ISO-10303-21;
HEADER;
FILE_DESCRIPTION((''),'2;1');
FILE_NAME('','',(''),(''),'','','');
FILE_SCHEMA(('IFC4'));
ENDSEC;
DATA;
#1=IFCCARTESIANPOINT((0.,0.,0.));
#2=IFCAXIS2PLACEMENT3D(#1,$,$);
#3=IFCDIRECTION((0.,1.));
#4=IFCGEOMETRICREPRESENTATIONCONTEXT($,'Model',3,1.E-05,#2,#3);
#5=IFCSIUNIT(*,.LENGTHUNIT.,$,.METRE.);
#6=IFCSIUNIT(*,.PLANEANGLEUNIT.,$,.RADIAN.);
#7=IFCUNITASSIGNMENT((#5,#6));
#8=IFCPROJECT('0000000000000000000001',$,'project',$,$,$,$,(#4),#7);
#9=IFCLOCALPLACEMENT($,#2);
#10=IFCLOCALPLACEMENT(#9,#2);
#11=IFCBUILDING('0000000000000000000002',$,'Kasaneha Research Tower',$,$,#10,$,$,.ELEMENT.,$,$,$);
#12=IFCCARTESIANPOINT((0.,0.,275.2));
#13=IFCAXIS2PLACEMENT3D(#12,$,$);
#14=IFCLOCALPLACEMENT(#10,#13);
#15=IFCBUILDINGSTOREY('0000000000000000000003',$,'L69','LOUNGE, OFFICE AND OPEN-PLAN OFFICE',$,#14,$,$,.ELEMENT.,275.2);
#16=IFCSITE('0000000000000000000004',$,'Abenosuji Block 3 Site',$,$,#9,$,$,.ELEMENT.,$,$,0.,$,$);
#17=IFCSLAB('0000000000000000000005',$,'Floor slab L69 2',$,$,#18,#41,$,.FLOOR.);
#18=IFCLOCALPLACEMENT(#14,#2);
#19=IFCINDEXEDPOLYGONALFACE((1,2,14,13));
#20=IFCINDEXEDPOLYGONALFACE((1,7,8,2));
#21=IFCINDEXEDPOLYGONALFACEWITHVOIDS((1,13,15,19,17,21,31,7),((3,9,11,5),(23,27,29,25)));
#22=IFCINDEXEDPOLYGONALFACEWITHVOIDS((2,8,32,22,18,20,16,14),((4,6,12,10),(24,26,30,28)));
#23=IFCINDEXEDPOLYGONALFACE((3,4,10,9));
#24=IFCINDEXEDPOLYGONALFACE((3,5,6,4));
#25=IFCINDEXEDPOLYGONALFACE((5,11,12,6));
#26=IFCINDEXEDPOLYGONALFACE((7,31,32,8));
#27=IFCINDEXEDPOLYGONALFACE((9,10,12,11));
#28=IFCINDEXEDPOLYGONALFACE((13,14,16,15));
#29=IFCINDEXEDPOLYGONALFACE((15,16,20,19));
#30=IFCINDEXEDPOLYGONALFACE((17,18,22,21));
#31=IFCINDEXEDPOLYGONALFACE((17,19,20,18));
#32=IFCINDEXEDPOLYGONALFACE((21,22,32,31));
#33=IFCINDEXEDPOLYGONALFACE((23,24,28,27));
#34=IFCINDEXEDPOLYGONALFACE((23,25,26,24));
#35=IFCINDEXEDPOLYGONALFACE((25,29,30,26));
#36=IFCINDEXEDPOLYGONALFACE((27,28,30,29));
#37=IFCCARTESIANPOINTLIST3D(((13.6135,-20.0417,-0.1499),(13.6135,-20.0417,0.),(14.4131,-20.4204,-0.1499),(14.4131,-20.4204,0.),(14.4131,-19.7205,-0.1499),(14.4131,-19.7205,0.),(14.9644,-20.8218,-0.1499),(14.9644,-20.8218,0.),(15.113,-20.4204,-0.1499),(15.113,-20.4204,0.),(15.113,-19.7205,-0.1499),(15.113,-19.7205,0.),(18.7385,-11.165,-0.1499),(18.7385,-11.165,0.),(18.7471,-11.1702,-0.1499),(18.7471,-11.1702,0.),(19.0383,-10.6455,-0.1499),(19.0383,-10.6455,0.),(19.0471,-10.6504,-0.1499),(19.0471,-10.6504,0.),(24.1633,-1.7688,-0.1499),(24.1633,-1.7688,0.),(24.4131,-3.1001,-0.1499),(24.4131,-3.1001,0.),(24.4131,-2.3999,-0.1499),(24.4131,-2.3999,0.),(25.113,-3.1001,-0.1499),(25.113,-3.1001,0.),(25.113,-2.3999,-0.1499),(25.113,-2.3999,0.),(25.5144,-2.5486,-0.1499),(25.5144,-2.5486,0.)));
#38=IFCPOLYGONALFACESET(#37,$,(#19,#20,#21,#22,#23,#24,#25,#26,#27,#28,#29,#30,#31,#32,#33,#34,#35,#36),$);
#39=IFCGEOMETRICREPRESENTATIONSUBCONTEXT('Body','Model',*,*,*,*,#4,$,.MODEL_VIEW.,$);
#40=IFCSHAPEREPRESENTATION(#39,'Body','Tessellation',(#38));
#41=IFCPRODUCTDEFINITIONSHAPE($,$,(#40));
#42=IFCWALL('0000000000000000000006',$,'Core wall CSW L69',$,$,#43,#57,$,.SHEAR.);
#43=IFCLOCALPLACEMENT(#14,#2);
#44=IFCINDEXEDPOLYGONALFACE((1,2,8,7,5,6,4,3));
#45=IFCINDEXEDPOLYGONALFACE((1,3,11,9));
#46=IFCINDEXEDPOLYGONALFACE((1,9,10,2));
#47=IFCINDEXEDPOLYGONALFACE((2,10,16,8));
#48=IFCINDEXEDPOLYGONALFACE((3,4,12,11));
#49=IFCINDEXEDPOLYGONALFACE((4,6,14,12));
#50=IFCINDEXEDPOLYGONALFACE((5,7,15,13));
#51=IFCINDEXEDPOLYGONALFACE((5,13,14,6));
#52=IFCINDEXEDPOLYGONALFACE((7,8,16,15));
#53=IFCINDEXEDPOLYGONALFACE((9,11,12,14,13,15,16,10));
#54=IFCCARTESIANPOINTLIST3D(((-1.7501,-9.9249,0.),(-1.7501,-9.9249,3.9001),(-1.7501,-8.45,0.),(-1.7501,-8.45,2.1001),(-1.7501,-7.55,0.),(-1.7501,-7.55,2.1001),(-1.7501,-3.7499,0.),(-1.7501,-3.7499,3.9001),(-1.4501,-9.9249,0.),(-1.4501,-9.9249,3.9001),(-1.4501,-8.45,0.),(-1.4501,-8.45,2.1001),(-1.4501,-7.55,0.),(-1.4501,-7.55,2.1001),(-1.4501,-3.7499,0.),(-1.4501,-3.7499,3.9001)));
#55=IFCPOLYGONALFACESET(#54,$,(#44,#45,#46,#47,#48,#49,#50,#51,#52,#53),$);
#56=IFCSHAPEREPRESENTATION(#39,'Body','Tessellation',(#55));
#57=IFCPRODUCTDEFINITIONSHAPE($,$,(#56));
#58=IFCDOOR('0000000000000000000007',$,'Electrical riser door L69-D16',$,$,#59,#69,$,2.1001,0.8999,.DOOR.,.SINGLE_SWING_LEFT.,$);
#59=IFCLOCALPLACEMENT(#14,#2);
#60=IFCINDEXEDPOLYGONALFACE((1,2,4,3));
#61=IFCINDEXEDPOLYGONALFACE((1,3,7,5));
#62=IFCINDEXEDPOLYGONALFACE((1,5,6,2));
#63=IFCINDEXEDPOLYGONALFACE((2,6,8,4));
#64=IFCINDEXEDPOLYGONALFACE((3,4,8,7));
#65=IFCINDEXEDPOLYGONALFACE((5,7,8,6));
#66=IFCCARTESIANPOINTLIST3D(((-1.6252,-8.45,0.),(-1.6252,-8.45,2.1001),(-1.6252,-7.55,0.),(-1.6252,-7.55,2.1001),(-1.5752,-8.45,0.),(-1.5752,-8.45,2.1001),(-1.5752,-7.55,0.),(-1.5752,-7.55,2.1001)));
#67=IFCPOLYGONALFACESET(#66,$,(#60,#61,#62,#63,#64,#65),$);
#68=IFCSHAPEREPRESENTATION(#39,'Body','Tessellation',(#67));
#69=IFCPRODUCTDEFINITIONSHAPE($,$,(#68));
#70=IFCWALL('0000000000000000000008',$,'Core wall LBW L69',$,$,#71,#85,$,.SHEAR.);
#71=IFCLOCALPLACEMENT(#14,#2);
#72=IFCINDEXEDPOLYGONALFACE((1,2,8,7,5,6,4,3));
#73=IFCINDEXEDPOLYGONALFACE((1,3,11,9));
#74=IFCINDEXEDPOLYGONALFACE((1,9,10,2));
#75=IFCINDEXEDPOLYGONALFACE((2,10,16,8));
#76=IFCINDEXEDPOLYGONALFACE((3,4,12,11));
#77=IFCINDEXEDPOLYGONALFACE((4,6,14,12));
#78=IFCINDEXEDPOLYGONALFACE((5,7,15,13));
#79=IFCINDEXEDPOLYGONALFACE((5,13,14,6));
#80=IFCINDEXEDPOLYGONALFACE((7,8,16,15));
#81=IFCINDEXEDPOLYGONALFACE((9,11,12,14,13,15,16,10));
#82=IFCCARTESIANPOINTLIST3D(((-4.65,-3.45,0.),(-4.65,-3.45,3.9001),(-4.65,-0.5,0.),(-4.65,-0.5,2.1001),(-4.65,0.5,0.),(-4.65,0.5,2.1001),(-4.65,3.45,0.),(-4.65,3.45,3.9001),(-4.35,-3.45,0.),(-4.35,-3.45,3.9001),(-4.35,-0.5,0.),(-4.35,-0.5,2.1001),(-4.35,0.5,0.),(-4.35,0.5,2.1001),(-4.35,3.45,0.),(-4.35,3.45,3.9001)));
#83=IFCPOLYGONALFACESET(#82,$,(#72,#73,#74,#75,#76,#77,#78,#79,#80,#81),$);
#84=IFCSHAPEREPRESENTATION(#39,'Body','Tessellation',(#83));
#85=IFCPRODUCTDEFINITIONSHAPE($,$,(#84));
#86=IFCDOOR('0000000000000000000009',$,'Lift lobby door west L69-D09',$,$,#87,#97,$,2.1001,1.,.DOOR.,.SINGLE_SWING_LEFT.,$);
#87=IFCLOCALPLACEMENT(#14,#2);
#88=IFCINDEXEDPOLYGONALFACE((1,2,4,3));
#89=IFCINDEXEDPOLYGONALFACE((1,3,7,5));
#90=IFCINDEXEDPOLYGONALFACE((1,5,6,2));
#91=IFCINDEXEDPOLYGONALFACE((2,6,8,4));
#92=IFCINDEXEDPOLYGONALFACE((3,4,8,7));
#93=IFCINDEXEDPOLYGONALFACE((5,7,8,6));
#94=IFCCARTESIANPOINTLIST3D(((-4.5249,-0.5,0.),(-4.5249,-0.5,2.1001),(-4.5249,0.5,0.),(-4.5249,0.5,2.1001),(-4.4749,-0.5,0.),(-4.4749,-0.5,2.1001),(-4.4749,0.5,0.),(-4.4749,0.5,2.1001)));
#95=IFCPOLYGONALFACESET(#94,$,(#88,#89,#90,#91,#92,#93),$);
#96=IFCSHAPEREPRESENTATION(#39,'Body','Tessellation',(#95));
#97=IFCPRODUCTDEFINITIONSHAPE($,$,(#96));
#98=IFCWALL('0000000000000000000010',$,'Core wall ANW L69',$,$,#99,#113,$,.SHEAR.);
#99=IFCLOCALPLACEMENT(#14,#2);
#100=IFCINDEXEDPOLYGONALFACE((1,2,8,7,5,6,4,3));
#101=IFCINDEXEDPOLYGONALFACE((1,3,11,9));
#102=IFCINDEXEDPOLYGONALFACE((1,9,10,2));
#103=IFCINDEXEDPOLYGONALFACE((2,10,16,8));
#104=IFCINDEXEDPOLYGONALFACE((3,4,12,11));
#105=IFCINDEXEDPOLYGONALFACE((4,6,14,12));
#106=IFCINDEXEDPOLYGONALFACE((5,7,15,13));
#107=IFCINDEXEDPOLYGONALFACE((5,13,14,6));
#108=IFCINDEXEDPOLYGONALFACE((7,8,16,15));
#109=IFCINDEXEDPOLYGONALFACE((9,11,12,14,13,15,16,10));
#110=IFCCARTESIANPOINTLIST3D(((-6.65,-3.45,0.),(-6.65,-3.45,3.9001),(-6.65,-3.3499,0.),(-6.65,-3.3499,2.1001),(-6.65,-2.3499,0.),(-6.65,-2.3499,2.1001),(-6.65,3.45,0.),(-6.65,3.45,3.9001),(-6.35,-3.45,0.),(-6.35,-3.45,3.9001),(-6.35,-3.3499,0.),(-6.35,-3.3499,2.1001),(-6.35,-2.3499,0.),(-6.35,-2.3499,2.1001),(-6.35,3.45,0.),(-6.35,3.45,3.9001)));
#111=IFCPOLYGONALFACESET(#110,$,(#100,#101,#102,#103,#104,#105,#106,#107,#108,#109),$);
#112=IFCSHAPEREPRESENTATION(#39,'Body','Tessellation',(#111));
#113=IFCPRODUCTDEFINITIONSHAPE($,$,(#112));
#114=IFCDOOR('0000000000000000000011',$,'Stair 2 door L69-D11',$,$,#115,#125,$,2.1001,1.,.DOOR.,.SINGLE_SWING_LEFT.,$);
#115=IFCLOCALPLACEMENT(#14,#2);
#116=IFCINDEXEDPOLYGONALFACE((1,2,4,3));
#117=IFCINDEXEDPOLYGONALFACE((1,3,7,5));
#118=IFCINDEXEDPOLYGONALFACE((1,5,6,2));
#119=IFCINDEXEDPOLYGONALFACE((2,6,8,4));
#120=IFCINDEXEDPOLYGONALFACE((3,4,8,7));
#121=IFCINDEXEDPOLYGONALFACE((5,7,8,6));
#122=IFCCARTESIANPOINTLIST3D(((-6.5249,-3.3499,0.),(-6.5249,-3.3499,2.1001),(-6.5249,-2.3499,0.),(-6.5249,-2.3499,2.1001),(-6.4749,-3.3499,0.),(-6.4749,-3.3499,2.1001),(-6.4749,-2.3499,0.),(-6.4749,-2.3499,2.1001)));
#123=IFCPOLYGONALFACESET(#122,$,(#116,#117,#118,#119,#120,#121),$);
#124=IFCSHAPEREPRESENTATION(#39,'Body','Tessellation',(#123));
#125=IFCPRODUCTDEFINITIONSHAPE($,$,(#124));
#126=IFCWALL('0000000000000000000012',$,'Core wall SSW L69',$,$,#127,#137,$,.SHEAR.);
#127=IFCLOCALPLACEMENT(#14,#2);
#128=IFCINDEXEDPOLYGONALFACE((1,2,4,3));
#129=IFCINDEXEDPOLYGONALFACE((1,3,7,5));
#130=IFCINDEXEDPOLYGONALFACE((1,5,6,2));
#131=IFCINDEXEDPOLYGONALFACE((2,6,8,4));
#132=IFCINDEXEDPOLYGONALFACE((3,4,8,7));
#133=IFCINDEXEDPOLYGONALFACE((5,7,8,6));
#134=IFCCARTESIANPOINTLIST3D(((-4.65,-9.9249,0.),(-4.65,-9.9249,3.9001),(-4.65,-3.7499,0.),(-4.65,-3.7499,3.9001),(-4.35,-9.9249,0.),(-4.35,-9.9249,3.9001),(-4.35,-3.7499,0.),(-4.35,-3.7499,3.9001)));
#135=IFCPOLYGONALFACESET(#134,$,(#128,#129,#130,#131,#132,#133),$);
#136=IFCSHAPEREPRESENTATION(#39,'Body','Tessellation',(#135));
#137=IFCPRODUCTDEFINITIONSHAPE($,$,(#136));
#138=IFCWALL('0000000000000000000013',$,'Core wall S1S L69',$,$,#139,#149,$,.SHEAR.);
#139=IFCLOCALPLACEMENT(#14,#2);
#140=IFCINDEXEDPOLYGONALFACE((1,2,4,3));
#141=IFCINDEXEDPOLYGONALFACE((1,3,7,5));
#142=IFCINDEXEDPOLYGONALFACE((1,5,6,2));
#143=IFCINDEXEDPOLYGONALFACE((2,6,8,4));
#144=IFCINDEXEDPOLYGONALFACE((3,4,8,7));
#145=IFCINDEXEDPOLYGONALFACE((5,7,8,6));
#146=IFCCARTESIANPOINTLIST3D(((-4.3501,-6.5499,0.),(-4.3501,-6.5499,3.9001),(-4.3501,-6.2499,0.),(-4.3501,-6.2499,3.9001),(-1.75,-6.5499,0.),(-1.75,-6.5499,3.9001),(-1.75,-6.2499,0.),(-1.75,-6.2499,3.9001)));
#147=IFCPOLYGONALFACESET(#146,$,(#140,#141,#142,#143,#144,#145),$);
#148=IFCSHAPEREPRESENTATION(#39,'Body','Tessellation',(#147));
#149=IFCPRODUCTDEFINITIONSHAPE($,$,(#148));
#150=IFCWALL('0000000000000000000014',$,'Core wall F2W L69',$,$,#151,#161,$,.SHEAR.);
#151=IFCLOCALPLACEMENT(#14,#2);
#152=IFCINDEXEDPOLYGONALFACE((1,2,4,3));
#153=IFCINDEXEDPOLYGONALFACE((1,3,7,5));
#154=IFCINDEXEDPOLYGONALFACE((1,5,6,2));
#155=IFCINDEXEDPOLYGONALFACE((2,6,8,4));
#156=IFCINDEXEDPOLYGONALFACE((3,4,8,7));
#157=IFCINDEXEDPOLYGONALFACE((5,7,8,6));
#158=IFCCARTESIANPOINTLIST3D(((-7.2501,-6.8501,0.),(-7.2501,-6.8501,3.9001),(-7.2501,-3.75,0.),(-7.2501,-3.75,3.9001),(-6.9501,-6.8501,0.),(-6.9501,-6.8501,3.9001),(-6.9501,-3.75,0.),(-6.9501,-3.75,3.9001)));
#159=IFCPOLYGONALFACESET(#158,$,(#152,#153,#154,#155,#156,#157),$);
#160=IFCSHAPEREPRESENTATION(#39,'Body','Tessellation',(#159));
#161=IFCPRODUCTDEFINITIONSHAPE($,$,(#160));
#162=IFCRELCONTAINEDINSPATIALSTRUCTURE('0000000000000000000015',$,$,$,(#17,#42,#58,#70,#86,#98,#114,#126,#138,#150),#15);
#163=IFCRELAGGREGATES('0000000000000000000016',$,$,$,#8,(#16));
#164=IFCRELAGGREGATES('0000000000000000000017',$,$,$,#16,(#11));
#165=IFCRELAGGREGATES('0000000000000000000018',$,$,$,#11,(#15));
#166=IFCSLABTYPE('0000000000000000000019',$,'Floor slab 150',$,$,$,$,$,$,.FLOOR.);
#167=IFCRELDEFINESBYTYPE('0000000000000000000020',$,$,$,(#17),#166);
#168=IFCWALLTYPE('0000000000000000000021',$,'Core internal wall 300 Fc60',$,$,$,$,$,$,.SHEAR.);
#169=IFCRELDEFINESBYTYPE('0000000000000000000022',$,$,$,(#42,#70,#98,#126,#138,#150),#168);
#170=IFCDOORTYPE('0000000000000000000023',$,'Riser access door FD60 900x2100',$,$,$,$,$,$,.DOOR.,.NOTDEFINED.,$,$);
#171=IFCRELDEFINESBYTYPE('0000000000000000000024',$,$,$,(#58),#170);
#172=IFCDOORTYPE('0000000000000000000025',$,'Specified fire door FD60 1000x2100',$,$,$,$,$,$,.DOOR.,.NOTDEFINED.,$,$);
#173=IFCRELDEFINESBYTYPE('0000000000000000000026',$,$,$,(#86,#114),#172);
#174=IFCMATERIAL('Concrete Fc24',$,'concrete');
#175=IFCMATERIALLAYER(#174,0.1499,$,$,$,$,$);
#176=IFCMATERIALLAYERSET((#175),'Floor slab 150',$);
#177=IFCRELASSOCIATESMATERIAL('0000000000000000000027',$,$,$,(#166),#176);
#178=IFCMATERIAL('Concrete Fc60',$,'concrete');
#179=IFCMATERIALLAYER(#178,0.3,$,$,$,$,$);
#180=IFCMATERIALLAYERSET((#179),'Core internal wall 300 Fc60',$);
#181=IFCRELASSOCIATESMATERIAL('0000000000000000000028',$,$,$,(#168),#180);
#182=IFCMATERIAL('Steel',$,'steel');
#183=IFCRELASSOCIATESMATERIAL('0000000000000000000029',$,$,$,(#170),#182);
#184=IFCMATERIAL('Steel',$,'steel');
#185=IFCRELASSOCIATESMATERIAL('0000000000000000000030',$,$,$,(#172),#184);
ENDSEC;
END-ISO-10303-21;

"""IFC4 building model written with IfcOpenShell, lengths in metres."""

from ifc_helpers import new_model, si_unit, direction, frame, frame_2d, origin, place, context, subcontext, project, spatial, polyline, rectangle, outline, extrude, material, layer, layer_set, type_object, element, fill, save


model = new_model("IFC4")

# Units and contexts
model_context = context("Model", 3, precision=1e-05, world=origin(), true_north=direction((0.0, 1.0)))
body_context = subcontext(model_context, "Body", "Model", "MODEL_VIEW")
ifc_project = project(units=[si_unit("LENGTHUNIT", "METRE"), si_unit("PLANEANGLEUNIT", "RADIAN")], contexts=[model_context])

# Site, building, storey
site_placement = place(None, origin())
site = spatial("IfcSite", under=ifc_project, at=site_placement, Name="Abenosuji Block 3 Site", CompositionType="ELEMENT", RefElevation=0.0)
building_placement = place(site_placement, origin())
building = spatial("IfcBuilding", under=site, at=building_placement, Name="Kasaneha Research Tower", CompositionType="ELEMENT")
storey_placement = place(building_placement, frame((0.0, 0.0, 275.2)))
storey = spatial("IfcBuildingStorey", under=building, at=storey_placement, Name="L69", Description="LOUNGE, OFFICE AND OPEN-PLAN OFFICE", CompositionType="ELEMENT", Elevation=275.2)

# Slab
ifc_material_1 = material(Name="Concrete Fc24", Category="concrete")
ifc_layer_1 = layer(ifc_material_1, 0.1499)
ifc_layer_set_1 = layer_set([ifc_layer_1], Name="Floor slab 150")
slab_type_1 = type_object("IfcSlabType", Name="Floor slab 150", PredefinedType="FLOOR", material=ifc_layer_set_1)
slab_1_placement = place(storey_placement, frame((0.0, 0.0, -0.1499)))
element("IfcSlab", 1, at=slab_1_placement, inside=storey, type_object=slab_type_1, Name="Floor slab L69 2", PredefinedType="FLOOR", context=body_context, shape_type="SweptSolid", body=[
    extrude(outline(polyline([(25.5144, -2.5486), (14.9644, -20.8218), (13.6135, -20.0417), (18.7385, -11.165), (18.7471, -11.1702), (19.0471, -10.6504), (19.0383, -10.6455), (24.1633, -1.7688), (25.5144, -2.5486)]), holes=[polyline([(14.4131, -20.4204), (15.113, -20.4204), (15.113, -19.7205), (14.4131, -19.7205), (14.4131, -20.4204)]), polyline([(24.4131, -3.1001), (25.113, -3.1001), (25.113, -2.3999), (24.4131, -2.3999), (24.4131, -3.1001)])]), origin(), (0.0, 0.0, 1.0), 0.1499),
])

# Walls, openings, doors
ifc_material_2 = material(Name="Concrete Fc60", Category="concrete")
ifc_layer_2 = layer(ifc_material_2, 0.3)
ifc_layer_set_2 = layer_set([ifc_layer_2], Name="Core internal wall 300 Fc60")
wall_type_1 = type_object("IfcWallType", Name="Core internal wall 300 Fc60", PredefinedType="SHEAR", material=ifc_layer_set_2)
wall_1_placement = place(storey_placement, frame((-1.6001, -3.75, 0.0), z_axis=(0.0, 0.0, 1.0), x_axis=(0.0, -1.0, 0.0)))
wall_1 = element("IfcWall", 2, at=wall_1_placement, inside=storey, type_object=wall_type_1, Name="Core wall CSW L69", PredefinedType="SHEAR", context=body_context, shape_type="SweptSolid", body=[
    extrude(rectangle(XDim=6.175, YDim=0.3, at=frame_2d((3.0874, 0.0))), origin(), (0.0, 0.0, 1.0), 3.9001),
])
opening_1_placement = place(wall_1_placement, frame((3.8, 0.0, 0.0)))
opening_1 = element("IfcOpeningElement", 3, at=opening_1_placement, cuts=wall_1, PredefinedType="OPENING", context=body_context, shape_type="SweptSolid", body=[
    extrude(rectangle(XDim=0.8999, YDim=2.1001, at=frame_2d((0.45, 1.05))), frame((0.0, 0.1602, 0.0), z_axis=(0.0, -1.0, 0.0), x_axis=(1.0, 0.0, 0.0)), (0.0, 0.0, 1.0), 0.3201),
])
ifc_material_3 = material(Name="Steel", Category="steel")
door_type_1 = type_object("IfcDoorType", Name="Riser access door FD60 900x2100", OperationType="NOTDEFINED", PredefinedType="DOOR", material=ifc_material_3)
door_1_placement = place(opening_1_placement, origin())
door_1 = element("IfcDoor", 4, at=door_1_placement, inside=storey, type_object=door_type_1, Name="Electrical riser door L69-D16", OperationType="SINGLE_SWING_LEFT", OverallHeight=2.1001, OverallWidth=0.8999, PredefinedType="DOOR", context=body_context, shape_type="SweptSolid", body=[
    extrude(rectangle(XDim=0.8999, YDim=2.1001, at=frame_2d((0.45, 1.05))), frame((0.0, 0.0249, 0.0), z_axis=(0.0, -1.0, 0.0), x_axis=(1.0, 0.0, 0.0)), (0.0, 0.0, 1.0), 0.05),
])
fill(opening_1, door_1)
wall_2_placement = place(storey_placement, frame((-4.5, -3.45, 0.0), z_axis=(0.0, 0.0, 1.0), x_axis=(0.0, 1.0, 0.0)))
wall_2 = element("IfcWall", 5, at=wall_2_placement, inside=storey, type_object=wall_type_1, Name="Core wall LBW L69", PredefinedType="SHEAR", context=body_context, shape_type="SweptSolid", body=[
    extrude(rectangle(XDim=6.8999, YDim=0.3, at=frame_2d((3.45, 0.0))), origin(), (0.0, 0.0, 1.0), 3.9001),
])
opening_2_placement = place(wall_2_placement, frame((2.95, 0.0, 0.0)))
opening_2 = element("IfcOpeningElement", 6, at=opening_2_placement, cuts=wall_2, PredefinedType="OPENING", context=body_context, shape_type="SweptSolid", body=[
    extrude(rectangle(XDim=1.0, YDim=2.1001, at=frame_2d((0.5, 1.05))), frame((0.0, 0.1602, 0.0), z_axis=(0.0, -1.0, 0.0), x_axis=(1.0, 0.0, 0.0)), (0.0, 0.0, 1.0), 0.3201),
])
ifc_material_4 = material(Name="Steel", Category="steel")
door_type_2 = type_object("IfcDoorType", Name="Specified fire door FD60 1000x2100", OperationType="NOTDEFINED", PredefinedType="DOOR", material=ifc_material_4)
door_2_placement = place(opening_2_placement, origin())
door_2 = element("IfcDoor", 7, at=door_2_placement, inside=storey, type_object=door_type_2, Name="Lift lobby door west L69-D09", OperationType="SINGLE_SWING_LEFT", OverallHeight=2.1001, OverallWidth=1.0, PredefinedType="DOOR", context=body_context, shape_type="SweptSolid", body=[
    extrude(rectangle(XDim=1.0, YDim=2.1001, at=frame_2d((0.5, 1.05))), frame((0.0, 0.0249, 0.0), z_axis=(0.0, -1.0, 0.0), x_axis=(1.0, 0.0, 0.0)), (0.0, 0.0, 1.0), 0.05),
])
fill(opening_2, door_2)
wall_3_placement = place(storey_placement, frame((-6.5, -3.45, 0.0), z_axis=(0.0, 0.0, 1.0), x_axis=(0.0, 1.0, 0.0)))
wall_3 = element("IfcWall", 8, at=wall_3_placement, inside=storey, type_object=wall_type_1, Name="Core wall ANW L69", PredefinedType="SHEAR", context=body_context, shape_type="SweptSolid", body=[
    extrude(rectangle(XDim=6.8999, YDim=0.3, at=frame_2d((3.45, 0.0))), origin(), (0.0, 0.0, 1.0), 3.9001),
])
opening_3_placement = place(wall_3_placement, frame((0.1001, 0.0, 0.0)))
opening_3 = element("IfcOpeningElement", 9, at=opening_3_placement, cuts=wall_3, PredefinedType="OPENING", context=body_context, shape_type="SweptSolid", body=[
    extrude(rectangle(XDim=1.0, YDim=2.1001, at=frame_2d((0.5, 1.05))), frame((0.0, 0.1602, 0.0), z_axis=(0.0, -1.0, 0.0), x_axis=(1.0, 0.0, 0.0)), (0.0, 0.0, 1.0), 0.3201),
])
door_3_placement = place(opening_3_placement, origin())
door_3 = element("IfcDoor", 10, at=door_3_placement, inside=storey, type_object=door_type_2, Name="Stair 2 door L69-D11", OperationType="SINGLE_SWING_LEFT", OverallHeight=2.1001, OverallWidth=1.0, PredefinedType="DOOR", context=body_context, shape_type="SweptSolid", body=[
    extrude(rectangle(XDim=1.0, YDim=2.1001, at=frame_2d((0.5, 1.05))), frame((0.0, 0.0249, 0.0), z_axis=(0.0, -1.0, 0.0), x_axis=(1.0, 0.0, 0.0)), (0.0, 0.0, 1.0), 0.05),
])
fill(opening_3, door_3)

# Walls
wall_4_placement = place(storey_placement, frame((-4.5, -3.75, 0.0), z_axis=(0.0, 0.0, 1.0), x_axis=(0.0, -1.0, 0.0)))
element("IfcWall", 11, at=wall_4_placement, inside=storey, type_object=wall_type_1, Name="Core wall SSW L69", PredefinedType="SHEAR", context=body_context, shape_type="SweptSolid", body=[
    extrude(rectangle(XDim=6.175, YDim=0.3, at=frame_2d((3.0874, 0.0))), origin(), (0.0, 0.0, 1.0), 3.9001),
])
wall_5_placement = place(storey_placement, frame((-4.3501, -6.3999, 0.0), z_axis=(0.0, 0.0, 1.0), x_axis=(1.0, 0.0, 0.0)))
element("IfcWall", 12, at=wall_5_placement, inside=storey, type_object=wall_type_1, Name="Core wall S1S L69", PredefinedType="SHEAR", context=body_context, shape_type="SweptSolid", body=[
    extrude(rectangle(XDim=2.6001, YDim=0.3, at=frame_2d((1.3, 0.0))), origin(), (0.0, 0.0, 1.0), 3.9001),
])
wall_6_placement = place(storey_placement, frame((-7.1001, -3.75, 0.0), z_axis=(0.0, 0.0, 1.0), x_axis=(0.0, -1.0, 0.0)))
element("IfcWall", 13, at=wall_6_placement, inside=storey, type_object=wall_type_1, Name="Core wall F2W L69", PredefinedType="SHEAR", context=body_context, shape_type="SweptSolid", body=[
    extrude(rectangle(XDim=3.1001, YDim=0.3, at=frame_2d((1.55, 0.0))), origin(), (0.0, 0.0, 1.0), 3.9001),
])

save(model, "model.ifc")
